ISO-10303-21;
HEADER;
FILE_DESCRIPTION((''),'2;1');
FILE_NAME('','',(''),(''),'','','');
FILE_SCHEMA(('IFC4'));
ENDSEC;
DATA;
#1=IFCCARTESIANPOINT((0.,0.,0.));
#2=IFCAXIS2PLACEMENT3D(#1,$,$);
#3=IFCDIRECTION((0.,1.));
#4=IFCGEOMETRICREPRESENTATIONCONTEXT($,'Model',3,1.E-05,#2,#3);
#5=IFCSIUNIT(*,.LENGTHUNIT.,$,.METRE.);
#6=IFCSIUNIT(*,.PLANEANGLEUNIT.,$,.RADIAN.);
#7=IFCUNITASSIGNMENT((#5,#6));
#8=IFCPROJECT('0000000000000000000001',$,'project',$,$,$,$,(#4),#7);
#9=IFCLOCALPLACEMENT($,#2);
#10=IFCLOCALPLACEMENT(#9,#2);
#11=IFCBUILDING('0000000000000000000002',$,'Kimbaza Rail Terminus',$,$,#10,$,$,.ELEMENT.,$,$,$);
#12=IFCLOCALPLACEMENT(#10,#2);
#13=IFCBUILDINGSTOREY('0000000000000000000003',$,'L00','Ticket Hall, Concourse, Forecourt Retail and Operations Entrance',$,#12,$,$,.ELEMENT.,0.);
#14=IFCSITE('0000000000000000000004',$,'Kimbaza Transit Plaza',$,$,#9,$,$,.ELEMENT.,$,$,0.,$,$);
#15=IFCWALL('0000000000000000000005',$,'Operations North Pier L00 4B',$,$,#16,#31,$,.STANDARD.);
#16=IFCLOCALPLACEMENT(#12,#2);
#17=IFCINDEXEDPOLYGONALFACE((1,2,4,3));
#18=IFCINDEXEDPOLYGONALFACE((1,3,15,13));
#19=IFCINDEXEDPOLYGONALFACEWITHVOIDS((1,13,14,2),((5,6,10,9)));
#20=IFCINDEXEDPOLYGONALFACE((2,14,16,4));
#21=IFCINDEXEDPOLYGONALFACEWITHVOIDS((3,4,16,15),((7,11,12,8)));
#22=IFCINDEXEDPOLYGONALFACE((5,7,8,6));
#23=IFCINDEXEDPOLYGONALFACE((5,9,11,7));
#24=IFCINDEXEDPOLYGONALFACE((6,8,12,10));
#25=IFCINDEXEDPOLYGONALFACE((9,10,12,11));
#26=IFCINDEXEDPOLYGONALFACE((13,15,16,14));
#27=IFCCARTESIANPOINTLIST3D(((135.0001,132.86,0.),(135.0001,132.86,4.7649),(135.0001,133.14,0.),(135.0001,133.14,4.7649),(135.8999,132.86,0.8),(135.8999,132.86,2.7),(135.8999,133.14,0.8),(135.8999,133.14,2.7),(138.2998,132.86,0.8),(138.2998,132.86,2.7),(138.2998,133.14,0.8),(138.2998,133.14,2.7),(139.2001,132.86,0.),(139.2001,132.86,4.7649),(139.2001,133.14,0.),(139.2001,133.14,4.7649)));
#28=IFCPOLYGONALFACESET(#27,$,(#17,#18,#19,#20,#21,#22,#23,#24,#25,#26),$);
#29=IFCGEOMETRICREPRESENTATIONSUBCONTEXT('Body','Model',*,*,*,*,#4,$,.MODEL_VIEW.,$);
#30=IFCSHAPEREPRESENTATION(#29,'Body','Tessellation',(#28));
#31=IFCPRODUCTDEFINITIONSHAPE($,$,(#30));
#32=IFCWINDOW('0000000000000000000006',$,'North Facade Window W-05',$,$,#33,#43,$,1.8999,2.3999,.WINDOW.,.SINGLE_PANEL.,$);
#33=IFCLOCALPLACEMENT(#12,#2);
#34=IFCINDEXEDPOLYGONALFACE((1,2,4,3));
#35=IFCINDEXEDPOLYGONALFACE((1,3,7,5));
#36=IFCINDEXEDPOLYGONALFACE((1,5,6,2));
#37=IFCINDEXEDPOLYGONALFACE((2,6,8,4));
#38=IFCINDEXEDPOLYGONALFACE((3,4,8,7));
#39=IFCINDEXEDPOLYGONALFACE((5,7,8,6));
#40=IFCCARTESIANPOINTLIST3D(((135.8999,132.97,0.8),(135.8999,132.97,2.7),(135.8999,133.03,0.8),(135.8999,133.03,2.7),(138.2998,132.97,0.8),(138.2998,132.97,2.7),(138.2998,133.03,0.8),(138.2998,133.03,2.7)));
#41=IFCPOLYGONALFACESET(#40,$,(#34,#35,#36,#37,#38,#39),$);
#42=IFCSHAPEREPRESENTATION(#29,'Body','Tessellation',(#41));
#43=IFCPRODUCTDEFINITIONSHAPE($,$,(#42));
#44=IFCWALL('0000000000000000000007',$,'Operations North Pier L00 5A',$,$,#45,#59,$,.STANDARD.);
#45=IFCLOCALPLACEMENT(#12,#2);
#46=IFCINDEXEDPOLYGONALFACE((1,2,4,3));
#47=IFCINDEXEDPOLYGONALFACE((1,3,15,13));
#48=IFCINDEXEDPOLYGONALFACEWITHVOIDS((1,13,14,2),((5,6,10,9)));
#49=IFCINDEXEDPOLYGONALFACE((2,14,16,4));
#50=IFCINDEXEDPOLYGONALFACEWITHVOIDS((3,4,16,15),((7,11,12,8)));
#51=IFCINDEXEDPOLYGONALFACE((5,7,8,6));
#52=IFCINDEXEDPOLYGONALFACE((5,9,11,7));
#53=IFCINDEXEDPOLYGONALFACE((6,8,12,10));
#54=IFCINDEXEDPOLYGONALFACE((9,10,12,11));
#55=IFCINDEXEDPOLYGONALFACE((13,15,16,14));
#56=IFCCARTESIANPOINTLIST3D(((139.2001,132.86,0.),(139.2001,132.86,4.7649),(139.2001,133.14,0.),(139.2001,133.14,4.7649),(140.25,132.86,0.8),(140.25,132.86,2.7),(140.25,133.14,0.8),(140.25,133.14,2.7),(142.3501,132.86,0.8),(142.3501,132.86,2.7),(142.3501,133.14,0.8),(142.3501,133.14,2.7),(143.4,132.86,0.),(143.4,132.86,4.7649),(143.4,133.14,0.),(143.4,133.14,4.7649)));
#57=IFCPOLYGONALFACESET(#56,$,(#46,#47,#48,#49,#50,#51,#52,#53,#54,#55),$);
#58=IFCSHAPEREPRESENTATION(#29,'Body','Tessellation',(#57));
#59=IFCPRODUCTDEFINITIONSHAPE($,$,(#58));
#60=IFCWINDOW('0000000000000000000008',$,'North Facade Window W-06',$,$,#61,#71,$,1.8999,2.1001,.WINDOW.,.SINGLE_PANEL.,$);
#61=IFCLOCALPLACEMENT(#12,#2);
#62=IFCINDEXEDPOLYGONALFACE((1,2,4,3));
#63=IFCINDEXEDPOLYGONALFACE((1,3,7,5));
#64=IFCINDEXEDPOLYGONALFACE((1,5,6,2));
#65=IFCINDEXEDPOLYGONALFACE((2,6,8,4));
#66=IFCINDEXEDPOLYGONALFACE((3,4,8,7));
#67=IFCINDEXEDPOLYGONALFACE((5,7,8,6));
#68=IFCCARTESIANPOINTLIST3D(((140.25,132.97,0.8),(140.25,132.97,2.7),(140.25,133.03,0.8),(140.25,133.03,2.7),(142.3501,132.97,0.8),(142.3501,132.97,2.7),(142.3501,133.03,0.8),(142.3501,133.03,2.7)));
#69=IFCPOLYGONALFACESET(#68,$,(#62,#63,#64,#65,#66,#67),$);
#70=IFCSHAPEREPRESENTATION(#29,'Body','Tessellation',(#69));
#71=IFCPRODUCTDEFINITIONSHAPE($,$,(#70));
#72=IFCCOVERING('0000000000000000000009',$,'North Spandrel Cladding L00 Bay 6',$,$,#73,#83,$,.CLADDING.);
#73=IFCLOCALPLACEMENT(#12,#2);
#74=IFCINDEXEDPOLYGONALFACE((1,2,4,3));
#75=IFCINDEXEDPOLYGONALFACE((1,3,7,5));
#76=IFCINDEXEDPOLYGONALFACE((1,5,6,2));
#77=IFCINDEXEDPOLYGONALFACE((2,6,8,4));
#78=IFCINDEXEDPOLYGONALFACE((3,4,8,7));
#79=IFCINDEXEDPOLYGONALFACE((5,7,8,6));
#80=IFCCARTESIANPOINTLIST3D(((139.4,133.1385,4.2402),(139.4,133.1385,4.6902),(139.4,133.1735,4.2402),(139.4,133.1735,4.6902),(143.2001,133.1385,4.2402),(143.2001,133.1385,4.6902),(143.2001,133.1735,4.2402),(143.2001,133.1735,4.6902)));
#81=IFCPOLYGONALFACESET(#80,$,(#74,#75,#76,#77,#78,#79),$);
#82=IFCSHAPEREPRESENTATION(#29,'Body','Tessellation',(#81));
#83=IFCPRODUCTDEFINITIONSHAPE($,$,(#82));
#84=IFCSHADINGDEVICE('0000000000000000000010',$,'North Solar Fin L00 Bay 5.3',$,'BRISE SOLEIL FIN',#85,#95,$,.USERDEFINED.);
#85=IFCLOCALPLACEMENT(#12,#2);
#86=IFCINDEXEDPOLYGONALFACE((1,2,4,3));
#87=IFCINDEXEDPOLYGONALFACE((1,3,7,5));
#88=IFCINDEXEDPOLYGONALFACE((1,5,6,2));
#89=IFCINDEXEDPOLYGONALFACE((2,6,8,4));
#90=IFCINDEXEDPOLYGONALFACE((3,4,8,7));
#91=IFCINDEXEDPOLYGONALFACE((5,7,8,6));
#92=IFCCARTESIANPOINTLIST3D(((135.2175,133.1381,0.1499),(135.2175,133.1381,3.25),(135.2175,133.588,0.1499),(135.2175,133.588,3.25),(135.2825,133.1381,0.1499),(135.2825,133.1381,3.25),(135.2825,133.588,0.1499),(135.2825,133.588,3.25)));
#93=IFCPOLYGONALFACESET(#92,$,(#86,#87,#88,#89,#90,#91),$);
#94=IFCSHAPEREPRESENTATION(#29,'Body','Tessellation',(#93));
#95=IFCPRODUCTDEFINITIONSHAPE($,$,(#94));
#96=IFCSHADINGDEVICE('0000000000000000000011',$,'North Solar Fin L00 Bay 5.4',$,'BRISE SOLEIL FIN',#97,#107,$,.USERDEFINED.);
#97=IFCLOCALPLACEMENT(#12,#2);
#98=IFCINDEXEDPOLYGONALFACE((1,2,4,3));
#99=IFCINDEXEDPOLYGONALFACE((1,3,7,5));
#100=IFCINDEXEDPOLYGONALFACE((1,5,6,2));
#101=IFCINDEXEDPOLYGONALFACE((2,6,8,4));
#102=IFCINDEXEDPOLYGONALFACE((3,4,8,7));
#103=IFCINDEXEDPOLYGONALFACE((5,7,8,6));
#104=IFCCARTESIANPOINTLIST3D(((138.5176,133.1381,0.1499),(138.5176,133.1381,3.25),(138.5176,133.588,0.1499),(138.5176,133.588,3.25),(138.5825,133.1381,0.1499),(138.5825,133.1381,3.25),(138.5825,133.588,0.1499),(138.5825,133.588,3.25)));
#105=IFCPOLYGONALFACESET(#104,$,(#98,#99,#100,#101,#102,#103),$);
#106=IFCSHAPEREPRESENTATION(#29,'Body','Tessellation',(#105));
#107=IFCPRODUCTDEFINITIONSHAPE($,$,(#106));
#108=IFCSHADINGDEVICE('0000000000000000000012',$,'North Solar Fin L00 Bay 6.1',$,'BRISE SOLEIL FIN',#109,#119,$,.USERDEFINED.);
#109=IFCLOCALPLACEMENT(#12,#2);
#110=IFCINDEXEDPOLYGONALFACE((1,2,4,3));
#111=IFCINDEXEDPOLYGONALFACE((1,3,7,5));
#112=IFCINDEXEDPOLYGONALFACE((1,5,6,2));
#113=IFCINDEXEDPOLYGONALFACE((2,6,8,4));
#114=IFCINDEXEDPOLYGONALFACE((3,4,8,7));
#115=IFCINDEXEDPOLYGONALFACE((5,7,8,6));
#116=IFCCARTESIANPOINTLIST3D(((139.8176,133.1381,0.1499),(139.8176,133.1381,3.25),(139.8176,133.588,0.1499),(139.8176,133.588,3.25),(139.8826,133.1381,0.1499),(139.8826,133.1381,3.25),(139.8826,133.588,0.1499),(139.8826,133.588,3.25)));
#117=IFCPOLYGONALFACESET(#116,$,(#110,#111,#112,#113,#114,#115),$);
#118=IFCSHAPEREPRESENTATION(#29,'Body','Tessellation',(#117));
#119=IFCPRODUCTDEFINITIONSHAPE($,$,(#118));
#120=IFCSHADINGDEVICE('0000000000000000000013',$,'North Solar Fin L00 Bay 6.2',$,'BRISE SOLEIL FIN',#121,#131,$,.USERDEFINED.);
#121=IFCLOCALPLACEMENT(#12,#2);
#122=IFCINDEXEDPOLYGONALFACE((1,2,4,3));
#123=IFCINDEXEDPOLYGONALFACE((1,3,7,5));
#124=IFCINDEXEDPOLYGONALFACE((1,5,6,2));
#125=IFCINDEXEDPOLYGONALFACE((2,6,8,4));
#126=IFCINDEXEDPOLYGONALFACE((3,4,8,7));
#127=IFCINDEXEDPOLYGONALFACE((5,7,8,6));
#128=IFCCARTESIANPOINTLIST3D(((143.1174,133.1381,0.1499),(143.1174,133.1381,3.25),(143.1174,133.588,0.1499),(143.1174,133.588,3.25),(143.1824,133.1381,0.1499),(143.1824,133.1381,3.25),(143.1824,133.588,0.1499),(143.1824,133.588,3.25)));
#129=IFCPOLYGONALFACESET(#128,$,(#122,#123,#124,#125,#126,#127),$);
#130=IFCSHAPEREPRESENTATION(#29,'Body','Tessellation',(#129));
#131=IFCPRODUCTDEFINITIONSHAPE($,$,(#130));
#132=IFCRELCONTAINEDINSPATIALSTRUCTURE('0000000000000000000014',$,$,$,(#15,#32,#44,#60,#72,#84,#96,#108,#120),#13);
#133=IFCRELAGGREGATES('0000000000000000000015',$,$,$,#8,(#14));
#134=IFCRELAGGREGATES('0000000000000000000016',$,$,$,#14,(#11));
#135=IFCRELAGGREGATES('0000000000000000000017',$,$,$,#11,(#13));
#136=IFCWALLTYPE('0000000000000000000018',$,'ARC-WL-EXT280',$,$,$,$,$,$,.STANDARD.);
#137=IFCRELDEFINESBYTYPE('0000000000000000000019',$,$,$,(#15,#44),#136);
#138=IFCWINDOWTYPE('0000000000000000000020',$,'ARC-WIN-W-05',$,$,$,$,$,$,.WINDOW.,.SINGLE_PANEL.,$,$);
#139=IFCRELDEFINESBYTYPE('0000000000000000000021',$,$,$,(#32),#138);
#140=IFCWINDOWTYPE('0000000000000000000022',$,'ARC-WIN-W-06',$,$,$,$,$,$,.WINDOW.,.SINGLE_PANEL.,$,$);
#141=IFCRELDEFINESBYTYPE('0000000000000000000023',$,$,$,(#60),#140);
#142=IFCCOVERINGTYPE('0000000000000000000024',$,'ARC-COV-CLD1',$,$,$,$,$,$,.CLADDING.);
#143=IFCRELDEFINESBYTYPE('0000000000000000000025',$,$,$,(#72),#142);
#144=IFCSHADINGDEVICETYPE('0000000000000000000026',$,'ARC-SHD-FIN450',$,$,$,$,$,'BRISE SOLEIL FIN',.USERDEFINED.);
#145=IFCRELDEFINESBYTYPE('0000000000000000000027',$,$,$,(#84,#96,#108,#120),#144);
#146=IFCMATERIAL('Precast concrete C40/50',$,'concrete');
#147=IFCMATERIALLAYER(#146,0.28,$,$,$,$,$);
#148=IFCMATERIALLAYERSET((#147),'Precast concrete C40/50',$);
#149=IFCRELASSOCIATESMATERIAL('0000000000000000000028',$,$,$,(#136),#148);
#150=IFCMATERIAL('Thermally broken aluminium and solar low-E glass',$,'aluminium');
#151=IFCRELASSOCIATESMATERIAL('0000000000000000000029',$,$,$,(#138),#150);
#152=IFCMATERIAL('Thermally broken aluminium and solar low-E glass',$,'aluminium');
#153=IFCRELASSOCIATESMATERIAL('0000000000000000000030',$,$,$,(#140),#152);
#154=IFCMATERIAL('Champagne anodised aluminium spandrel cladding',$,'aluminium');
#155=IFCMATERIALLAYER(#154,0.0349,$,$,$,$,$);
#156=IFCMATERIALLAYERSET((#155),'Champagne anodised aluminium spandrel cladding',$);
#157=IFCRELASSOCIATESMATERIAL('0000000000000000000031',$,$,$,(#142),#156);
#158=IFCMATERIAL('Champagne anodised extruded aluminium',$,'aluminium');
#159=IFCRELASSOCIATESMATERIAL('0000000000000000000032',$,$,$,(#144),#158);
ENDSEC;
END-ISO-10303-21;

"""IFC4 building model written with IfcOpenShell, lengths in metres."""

from ifc_helpers import new_model, si_unit, direction, frame, frame_2d, origin, origin_2d, place, context, subcontext, project, spatial, rectangle, extrude, material, layer, layer_set, type_object, element, fill, save


model = new_model("IFC4")

# Units and contexts
model_context = context("Model", 3, precision=1e-05, world=origin(), true_north=direction((0.0, 1.0)))
body_context = subcontext(model_context, "Body", "Model", "MODEL_VIEW")
ifc_project = project(units=[si_unit("LENGTHUNIT", "METRE"), si_unit("PLANEANGLEUNIT", "RADIAN")], contexts=[model_context])

# Site, building, storey
site_placement = place(None, origin())
site = spatial("IfcSite", under=ifc_project, at=site_placement, Name="Kimbaza Transit Plaza", CompositionType="ELEMENT", RefElevation=0.0)
building_placement = place(site_placement, origin())
building = spatial("IfcBuilding", under=site, at=building_placement, Name="Kimbaza Rail Terminus", CompositionType="ELEMENT")
storey_placement = place(building_placement, origin())
storey = spatial("IfcBuildingStorey", under=building, at=storey_placement, Name="L00", Description="Ticket Hall, Concourse, Forecourt Retail and Operations Entrance", CompositionType="ELEMENT", Elevation=0.0)

# Walls, openings, windows
ifc_material_1 = material(Name="Precast concrete C40/50", Category="concrete")
ifc_layer_1 = layer(ifc_material_1, 0.28)
ifc_layer_set_1 = layer_set([ifc_layer_1], Name="Precast concrete C40/50")
wall_type = type_object("IfcWallType", Name="ARC-WL-EXT280", PredefinedType="STANDARD", material=ifc_layer_set_1)
wall_1_placement = place(storey_placement, frame((135.0, 133.0, 0.0), z_axis=(0.0, 0.0, 1.0), x_axis=(1.0, 0.0, 0.0)))
wall_1 = element("IfcWall", 1, at=wall_1_placement, inside=storey, type_object=wall_type, Name="Operations North Pier L00 4B", PredefinedType="STANDARD", context=body_context, shape_type="SweptSolid", body=[
    extrude(rectangle(XDim=4.2, YDim=0.28, at=frame_2d((2.1001, 0.0))), origin(), (0.0, 0.0, 1.0), 4.7649),
])
opening_1_placement = place(wall_1_placement, frame((0.8999, 0.0, 0.8)))
opening_1 = element("IfcOpeningElement", 2, at=opening_1_placement, cuts=wall_1, PredefinedType="OPENING", context=body_context, shape_type="SweptSolid", body=[
    extrude(rectangle(XDim=2.3999, YDim=1.8999, at=frame_2d((1.2, 0.95))), frame((0.0, 0.1499, 0.0), z_axis=(0.0, -1.0, 0.0), x_axis=(1.0, 0.0, 0.0)), (0.0, 0.0, 1.0), 0.3),
])
ifc_material_2 = material(Name="Thermally broken aluminium and solar low-E glass", Category="aluminium")
window_type_1 = type_object("IfcWindowType", Name="ARC-WIN-W-05", PartitioningType="SINGLE_PANEL", PredefinedType="WINDOW", material=ifc_material_2)
window_1_placement = place(opening_1_placement, origin())
window_1 = element("IfcWindow", 3, at=window_1_placement, inside=storey, type_object=window_type_1, Name="North Facade Window W-05", OverallHeight=1.8999, OverallWidth=2.3999, PartitioningType="SINGLE_PANEL", PredefinedType="WINDOW", context=body_context, shape_type="SweptSolid", body=[
    extrude(rectangle(XDim=2.3999, YDim=1.8999, at=frame_2d((1.2, 0.95))), frame((0.0, 0.03, 0.0), z_axis=(0.0, -1.0, 0.0), x_axis=(1.0, 0.0, 0.0)), (0.0, 0.0, 1.0), 0.0601),
])
fill(opening_1, window_1)
wall_2_placement = place(storey_placement, frame((139.2, 133.0, 0.0), z_axis=(0.0, 0.0, 1.0), x_axis=(1.0, 0.0, 0.0)))
wall_2 = element("IfcWall", 4, at=wall_2_placement, inside=storey, type_object=wall_type, Name="Operations North Pier L00 5A", PredefinedType="STANDARD", context=body_context, shape_type="SweptSolid", body=[
    extrude(rectangle(XDim=4.2, YDim=0.28, at=frame_2d((2.1001, 0.0))), origin(), (0.0, 0.0, 1.0), 4.7649),
])
opening_2_placement = place(wall_2_placement, frame((1.05, 0.0, 0.8)))
opening_2 = element("IfcOpeningElement", 5, at=opening_2_placement, cuts=wall_2, PredefinedType="OPENING", context=body_context, shape_type="SweptSolid", body=[
    extrude(rectangle(XDim=2.1001, YDim=1.8999, at=frame_2d((1.05, 0.95))), frame((0.0, 0.1499, 0.0), z_axis=(0.0, -1.0, 0.0), x_axis=(1.0, 0.0, 0.0)), (0.0, 0.0, 1.0), 0.3),
])
ifc_material_3 = material(Name="Thermally broken aluminium and solar low-E glass", Category="aluminium")
window_type_2 = type_object("IfcWindowType", Name="ARC-WIN-W-06", PartitioningType="SINGLE_PANEL", PredefinedType="WINDOW", material=ifc_material_3)
window_2_placement = place(opening_2_placement, origin())
window_2 = element("IfcWindow", 6, at=window_2_placement, inside=storey, type_object=window_type_2, Name="North Facade Window W-06", OverallHeight=1.8999, OverallWidth=2.1001, PartitioningType="SINGLE_PANEL", PredefinedType="WINDOW", context=body_context, shape_type="SweptSolid", body=[
    extrude(rectangle(XDim=2.1001, YDim=1.8999, at=frame_2d((1.05, 0.95))), frame((0.0, 0.03, 0.0), z_axis=(0.0, -1.0, 0.0), x_axis=(1.0, 0.0, 0.0)), (0.0, 0.0, 1.0), 0.0601),
])
fill(opening_2, window_2)

# Covering
ifc_material_4 = material(Name="Champagne anodised aluminium spandrel cladding", Category="aluminium")
ifc_layer_2 = layer(ifc_material_4, 0.0349)
ifc_layer_set_2 = layer_set([ifc_layer_2], Name="Champagne anodised aluminium spandrel cladding")
covering_type = type_object("IfcCoveringType", Name="ARC-COV-CLD1", PredefinedType="CLADDING", material=ifc_layer_set_2)
covering_placement = place(storey_placement, frame((141.3, 133.156, 4.2402), z_axis=(0.0, 0.0, 1.0), x_axis=(1.0, 0.0, 0.0)))
element("IfcCovering", 7, at=covering_placement, inside=storey, type_object=covering_type, Name="North Spandrel Cladding L00 Bay 6", PredefinedType="CLADDING", context=body_context, shape_type="SweptSolid", body=[
    extrude(rectangle(XDim=3.8, YDim=0.0349, at=origin_2d()), origin(), (0.0, 0.0, 1.0), 0.45),
])

# Shading devices
ifc_material_5 = material(Name="Champagne anodised extruded aluminium", Category="aluminium")
shading_device_type = type_object("IfcShadingDeviceType", Name="ARC-SHD-FIN450", ElementType="BRISE SOLEIL FIN", PredefinedType="USERDEFINED", material=ifc_material_5)
for number, where, z_axis, x_axis, name in (
    (8, (135.25, 133.363, 0.1499), (0.0, 0.0, 1.0), (1.0, 0.0, 0.0), "North Solar Fin L00 Bay 5.3"),
    (9, (138.55, 133.363, 0.1499), (0.0, 0.0, 1.0), (1.0, 0.0, 0.0), "North Solar Fin L00 Bay 5.4"),
    (10, (139.8501, 133.363, 0.1499), (0.0, 0.0, 1.0), (1.0, 0.0, 0.0), "North Solar Fin L00 Bay 6.1"),
    (11, (143.1499, 133.363, 0.1499), (0.0, 0.0, 1.0), (1.0, 0.0, 0.0), "North Solar Fin L00 Bay 6.2"),
):
    element("IfcShadingDevice", number, at=place(storey_placement, frame(where, z_axis=z_axis, x_axis=x_axis)), inside=storey, type_object=shading_device_type, Name=name, ObjectType="BRISE SOLEIL FIN", PredefinedType="USERDEFINED", context=body_context, shape_type="SweptSolid", body=[
        extrude(rectangle(XDim=0.0649, YDim=0.45, at=origin_2d()), origin(), (0.0, 0.0, 1.0), 3.1001),
    ])

save(model, "model.ifc")
